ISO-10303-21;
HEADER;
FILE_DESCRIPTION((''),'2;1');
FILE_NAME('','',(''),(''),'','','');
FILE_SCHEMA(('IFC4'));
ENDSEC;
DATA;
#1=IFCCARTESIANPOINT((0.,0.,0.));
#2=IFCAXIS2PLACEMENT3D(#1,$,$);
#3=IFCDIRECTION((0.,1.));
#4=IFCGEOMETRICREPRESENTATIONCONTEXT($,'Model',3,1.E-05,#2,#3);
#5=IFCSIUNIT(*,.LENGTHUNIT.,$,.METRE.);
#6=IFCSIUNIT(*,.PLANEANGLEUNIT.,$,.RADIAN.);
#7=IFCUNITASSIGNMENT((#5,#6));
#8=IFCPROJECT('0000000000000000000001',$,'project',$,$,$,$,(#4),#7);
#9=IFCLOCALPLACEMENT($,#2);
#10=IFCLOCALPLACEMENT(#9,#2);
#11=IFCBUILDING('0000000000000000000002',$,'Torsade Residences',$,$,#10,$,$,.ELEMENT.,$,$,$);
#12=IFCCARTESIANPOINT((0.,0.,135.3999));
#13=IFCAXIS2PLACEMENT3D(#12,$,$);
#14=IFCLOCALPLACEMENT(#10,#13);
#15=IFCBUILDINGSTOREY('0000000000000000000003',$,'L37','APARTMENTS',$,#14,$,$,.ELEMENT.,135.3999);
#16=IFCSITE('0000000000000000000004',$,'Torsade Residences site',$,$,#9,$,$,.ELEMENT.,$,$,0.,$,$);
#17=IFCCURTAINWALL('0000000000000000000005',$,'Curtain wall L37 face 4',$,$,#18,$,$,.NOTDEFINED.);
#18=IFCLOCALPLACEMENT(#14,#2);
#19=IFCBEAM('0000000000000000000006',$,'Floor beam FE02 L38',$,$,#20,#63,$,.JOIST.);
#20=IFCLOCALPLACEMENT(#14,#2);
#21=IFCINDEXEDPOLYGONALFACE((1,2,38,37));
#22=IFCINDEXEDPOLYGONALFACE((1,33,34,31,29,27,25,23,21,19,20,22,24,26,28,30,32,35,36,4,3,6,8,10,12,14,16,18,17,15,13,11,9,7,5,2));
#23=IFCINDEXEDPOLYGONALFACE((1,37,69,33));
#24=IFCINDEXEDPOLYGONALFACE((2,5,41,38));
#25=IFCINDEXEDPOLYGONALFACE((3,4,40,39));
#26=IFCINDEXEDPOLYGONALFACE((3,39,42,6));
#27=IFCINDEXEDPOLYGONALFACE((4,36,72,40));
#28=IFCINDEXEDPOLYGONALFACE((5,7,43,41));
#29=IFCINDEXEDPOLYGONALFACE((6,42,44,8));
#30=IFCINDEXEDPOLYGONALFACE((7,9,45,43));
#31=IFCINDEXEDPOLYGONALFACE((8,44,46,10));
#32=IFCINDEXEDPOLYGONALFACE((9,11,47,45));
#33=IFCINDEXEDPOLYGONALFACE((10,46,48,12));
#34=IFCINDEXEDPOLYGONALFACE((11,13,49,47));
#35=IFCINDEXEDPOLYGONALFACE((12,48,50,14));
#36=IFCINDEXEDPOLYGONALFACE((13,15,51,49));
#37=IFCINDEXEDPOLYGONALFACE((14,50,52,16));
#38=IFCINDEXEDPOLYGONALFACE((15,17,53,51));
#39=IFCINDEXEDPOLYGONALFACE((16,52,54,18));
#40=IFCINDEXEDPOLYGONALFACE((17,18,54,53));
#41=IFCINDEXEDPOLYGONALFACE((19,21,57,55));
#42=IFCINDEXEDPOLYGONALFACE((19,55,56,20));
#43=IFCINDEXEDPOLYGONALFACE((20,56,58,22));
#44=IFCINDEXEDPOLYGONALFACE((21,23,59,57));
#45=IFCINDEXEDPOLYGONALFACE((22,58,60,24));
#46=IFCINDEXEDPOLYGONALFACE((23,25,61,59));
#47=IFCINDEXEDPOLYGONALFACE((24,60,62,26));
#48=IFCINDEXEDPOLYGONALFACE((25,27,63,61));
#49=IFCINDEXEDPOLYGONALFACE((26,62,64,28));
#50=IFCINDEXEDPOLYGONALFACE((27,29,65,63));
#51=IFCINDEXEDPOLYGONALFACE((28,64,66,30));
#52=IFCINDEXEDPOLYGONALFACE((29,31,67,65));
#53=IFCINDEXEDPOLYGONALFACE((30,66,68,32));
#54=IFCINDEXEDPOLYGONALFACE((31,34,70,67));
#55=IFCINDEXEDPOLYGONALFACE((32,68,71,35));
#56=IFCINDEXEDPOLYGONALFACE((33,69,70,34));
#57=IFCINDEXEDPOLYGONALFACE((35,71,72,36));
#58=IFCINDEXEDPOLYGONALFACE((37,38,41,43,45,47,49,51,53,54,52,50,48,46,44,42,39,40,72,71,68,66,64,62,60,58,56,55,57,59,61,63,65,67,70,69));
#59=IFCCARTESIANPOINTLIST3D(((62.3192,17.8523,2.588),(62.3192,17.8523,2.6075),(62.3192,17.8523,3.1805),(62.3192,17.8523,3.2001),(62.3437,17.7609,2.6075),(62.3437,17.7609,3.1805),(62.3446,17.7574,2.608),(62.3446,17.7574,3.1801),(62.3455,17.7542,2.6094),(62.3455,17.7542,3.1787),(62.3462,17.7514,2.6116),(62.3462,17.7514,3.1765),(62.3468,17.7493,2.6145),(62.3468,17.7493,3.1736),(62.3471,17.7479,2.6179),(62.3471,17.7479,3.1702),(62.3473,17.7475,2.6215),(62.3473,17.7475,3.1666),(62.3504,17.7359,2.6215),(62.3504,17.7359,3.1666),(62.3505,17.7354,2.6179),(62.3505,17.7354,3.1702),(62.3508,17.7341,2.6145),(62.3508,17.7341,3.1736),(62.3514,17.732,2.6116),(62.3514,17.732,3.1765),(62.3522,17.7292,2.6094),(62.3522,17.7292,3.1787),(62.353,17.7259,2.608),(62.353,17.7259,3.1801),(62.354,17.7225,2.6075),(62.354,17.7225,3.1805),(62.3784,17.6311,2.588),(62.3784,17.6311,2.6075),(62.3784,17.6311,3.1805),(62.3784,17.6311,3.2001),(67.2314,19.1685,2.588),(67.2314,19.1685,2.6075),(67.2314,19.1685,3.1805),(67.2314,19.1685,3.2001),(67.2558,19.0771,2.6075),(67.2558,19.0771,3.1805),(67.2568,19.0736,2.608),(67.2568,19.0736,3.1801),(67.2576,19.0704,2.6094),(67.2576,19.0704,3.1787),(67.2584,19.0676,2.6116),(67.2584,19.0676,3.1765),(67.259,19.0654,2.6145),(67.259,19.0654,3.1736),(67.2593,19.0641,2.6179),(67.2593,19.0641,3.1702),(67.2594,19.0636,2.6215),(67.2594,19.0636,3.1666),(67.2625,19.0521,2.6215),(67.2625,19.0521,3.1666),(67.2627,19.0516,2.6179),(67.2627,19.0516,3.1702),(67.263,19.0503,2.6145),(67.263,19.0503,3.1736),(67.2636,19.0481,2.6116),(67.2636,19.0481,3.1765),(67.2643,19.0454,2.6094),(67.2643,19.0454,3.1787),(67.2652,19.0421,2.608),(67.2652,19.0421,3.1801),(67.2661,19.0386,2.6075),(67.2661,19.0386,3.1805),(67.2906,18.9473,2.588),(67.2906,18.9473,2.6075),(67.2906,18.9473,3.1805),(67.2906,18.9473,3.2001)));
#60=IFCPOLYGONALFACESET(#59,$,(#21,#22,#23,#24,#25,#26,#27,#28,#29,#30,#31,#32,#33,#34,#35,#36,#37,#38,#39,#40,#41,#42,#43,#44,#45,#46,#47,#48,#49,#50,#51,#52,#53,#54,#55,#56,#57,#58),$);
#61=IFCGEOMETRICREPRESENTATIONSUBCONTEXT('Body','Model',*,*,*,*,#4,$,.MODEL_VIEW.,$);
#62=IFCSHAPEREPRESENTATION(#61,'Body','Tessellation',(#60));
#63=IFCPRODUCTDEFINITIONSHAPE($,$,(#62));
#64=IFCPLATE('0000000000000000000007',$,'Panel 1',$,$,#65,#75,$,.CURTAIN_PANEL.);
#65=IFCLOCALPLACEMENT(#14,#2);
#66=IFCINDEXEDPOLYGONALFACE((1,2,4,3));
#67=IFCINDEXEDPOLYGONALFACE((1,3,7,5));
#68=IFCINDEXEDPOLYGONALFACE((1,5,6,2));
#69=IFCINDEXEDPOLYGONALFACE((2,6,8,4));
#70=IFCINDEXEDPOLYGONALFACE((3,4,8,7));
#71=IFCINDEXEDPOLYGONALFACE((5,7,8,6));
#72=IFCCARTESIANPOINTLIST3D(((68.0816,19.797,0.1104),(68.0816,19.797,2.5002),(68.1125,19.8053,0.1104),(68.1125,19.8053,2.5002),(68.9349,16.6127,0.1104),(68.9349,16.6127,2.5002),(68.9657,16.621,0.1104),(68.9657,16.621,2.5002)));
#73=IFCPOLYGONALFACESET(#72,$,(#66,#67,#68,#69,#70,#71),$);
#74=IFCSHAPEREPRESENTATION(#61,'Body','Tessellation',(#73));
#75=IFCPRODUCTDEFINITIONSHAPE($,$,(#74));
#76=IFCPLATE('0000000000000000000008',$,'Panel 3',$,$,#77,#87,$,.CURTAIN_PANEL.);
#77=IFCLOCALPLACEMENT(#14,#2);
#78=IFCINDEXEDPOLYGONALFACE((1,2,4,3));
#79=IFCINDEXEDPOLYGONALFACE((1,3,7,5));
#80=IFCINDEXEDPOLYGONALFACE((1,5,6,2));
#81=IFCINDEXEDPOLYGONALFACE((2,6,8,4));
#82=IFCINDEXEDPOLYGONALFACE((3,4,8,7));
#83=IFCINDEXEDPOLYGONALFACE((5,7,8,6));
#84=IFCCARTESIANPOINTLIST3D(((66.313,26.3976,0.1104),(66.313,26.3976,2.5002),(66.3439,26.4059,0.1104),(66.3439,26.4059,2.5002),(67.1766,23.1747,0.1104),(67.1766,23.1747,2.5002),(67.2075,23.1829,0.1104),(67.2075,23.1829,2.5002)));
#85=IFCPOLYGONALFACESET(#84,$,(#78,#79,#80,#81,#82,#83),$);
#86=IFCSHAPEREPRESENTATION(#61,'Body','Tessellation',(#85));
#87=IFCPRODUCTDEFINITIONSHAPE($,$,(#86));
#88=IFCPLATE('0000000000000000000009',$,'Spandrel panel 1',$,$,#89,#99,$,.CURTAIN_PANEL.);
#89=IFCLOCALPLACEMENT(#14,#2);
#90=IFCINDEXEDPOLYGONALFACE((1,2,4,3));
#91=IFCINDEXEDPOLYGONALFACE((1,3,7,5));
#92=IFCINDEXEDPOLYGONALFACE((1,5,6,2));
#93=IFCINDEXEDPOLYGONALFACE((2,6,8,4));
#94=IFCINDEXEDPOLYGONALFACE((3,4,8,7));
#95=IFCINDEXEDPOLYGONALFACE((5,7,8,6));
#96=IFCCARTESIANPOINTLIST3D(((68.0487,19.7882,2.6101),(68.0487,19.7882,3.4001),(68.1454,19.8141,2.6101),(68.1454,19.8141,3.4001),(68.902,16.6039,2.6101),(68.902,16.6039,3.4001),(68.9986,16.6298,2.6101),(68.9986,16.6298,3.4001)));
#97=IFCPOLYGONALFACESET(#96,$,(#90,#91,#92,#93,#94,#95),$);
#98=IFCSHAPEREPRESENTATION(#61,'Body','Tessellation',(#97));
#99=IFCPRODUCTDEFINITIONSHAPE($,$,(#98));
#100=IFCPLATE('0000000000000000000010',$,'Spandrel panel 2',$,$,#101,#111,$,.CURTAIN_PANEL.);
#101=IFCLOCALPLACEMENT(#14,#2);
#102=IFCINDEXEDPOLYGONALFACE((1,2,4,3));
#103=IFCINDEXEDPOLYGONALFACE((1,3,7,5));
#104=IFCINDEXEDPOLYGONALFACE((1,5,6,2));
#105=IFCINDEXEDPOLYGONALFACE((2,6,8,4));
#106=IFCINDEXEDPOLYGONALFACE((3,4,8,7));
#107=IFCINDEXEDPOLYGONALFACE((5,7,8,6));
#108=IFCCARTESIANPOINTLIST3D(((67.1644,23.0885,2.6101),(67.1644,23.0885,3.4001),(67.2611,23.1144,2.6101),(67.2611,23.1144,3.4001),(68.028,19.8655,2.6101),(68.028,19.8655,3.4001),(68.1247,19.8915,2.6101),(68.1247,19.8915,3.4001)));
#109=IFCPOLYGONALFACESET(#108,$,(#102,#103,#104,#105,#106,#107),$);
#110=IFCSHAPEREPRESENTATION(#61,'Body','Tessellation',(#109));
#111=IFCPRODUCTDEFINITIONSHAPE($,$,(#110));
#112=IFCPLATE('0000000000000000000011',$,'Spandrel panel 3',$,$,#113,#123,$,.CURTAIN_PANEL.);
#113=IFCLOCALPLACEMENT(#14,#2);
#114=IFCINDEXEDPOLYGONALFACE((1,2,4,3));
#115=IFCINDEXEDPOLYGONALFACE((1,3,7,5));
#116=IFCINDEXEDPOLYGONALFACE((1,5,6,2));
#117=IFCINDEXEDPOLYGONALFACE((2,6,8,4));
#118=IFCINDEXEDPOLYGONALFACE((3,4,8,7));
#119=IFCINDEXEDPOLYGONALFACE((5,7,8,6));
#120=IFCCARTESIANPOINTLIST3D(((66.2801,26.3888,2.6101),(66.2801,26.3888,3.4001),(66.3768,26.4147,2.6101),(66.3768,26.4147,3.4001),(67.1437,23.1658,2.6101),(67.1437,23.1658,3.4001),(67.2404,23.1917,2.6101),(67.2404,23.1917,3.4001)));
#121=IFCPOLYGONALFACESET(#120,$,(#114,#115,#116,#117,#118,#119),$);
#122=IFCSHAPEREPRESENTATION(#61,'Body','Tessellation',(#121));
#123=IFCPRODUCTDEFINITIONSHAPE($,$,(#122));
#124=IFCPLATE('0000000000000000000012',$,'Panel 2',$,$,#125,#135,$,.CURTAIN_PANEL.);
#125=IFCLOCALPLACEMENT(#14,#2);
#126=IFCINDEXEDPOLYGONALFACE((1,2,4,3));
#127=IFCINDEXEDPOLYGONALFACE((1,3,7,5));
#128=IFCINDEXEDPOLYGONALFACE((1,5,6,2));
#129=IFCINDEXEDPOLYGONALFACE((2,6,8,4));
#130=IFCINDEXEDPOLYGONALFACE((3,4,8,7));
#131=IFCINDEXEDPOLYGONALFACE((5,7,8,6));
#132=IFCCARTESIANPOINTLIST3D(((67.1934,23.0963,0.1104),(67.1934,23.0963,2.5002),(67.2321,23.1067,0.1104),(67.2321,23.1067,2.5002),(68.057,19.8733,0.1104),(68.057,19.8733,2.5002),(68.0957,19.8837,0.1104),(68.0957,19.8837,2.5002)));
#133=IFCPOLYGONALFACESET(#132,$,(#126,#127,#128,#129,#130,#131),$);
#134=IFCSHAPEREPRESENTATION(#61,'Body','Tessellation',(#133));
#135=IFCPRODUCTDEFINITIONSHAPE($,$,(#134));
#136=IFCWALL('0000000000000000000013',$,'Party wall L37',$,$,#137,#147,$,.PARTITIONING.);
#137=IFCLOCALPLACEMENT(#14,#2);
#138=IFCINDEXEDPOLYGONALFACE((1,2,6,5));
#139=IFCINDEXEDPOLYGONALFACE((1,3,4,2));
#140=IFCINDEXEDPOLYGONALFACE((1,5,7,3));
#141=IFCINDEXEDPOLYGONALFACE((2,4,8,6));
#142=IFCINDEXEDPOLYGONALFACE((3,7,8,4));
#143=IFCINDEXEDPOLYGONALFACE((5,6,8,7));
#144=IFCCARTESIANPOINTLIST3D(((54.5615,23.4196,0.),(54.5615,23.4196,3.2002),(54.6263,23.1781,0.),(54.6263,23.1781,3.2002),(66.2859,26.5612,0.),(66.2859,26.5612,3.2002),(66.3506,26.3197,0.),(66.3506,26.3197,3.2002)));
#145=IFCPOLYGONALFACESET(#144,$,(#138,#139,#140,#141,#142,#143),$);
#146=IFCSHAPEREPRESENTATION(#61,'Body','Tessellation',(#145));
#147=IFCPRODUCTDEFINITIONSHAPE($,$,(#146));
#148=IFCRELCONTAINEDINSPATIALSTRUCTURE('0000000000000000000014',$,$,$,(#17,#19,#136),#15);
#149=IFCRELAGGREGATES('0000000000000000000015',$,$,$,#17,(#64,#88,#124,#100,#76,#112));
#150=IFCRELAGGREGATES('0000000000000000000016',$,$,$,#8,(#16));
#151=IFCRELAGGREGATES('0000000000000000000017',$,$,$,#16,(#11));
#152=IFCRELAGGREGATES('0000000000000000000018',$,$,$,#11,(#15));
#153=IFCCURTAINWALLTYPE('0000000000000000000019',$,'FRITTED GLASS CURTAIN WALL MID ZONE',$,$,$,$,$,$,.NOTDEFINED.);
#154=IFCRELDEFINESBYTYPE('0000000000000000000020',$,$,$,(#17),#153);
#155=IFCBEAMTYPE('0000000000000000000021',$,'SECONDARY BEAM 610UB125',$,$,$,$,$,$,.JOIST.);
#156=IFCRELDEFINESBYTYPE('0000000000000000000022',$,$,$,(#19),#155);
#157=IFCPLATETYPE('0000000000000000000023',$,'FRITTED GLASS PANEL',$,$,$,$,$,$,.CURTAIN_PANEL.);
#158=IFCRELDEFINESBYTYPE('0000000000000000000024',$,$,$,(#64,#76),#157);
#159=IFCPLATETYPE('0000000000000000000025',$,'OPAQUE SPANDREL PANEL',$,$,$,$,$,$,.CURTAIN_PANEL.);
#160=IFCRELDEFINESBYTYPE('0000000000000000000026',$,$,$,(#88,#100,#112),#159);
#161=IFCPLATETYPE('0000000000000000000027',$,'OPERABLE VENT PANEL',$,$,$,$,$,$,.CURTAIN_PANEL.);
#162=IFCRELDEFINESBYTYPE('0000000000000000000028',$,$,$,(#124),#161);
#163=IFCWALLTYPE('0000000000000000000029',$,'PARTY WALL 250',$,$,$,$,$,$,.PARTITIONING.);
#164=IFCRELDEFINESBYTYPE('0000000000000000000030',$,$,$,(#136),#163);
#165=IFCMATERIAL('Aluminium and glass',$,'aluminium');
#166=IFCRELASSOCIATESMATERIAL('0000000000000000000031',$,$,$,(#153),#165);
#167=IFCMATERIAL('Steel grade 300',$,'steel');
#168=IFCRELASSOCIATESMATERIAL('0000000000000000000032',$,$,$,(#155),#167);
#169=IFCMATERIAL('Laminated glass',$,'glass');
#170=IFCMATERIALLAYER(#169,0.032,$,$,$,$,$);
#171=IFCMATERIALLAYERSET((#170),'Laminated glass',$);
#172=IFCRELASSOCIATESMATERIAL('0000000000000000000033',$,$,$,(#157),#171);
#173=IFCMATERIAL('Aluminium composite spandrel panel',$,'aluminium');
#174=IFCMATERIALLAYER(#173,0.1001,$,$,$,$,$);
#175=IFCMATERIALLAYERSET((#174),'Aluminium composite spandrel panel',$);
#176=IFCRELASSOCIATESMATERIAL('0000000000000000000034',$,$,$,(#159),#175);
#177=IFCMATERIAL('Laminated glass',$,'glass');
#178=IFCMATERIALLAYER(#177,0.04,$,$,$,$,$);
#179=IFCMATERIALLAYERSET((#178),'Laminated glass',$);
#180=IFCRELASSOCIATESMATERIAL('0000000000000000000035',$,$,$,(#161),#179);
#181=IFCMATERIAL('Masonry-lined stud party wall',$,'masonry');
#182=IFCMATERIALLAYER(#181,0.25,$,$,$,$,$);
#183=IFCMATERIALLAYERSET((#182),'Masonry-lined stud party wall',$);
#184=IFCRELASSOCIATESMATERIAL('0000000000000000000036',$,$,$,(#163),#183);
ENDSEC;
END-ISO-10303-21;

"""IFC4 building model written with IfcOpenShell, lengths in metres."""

from ifc_helpers import new_model, si_unit, direction, frame, frame_2d, origin, origin_2d, place, context, subcontext, project, spatial, rectangle, i_section, extrude, material, layer, layer_set, material_profile, profile_set, type_object, element, aggregate, save


model = new_model("IFC4")

# Units and contexts
model_context = context("Model", 3, precision=1e-05, world=origin(), true_north=direction((0.0, 1.0)))
body_context = subcontext(model_context, "Body", "Model", "MODEL_VIEW")
ifc_project = project(units=[si_unit("LENGTHUNIT", "METRE"), si_unit("PLANEANGLEUNIT", "RADIAN")], contexts=[model_context])

# Site, building, storey
site_placement = place(None, origin())
site = spatial("IfcSite", under=ifc_project, at=site_placement, Name="Torsade Residences site", CompositionType="ELEMENT", RefElevation=0.0)
building_placement = place(site_placement, origin())
building = spatial("IfcBuilding", under=site, at=building_placement, Name="Torsade Residences", CompositionType="ELEMENT")
storey_placement = place(building_placement, frame((0.0, 0.0, 135.3999)))
storey = spatial("IfcBuildingStorey", under=building, at=storey_placement, Name="L37", Description="APARTMENTS", CompositionType="ELEMENT", Elevation=135.3999)

# Curtain wall
ifc_material_1 = material(Name="Aluminium and glass", Category="aluminium")
curtain_wall_type = type_object("IfcCurtainWallType", Name="FRITTED GLASS CURTAIN WALL MID ZONE", PredefinedType="NOTDEFINED", material=ifc_material_1)
curtain_wall_placement = place(storey_placement, origin())
curtain_wall = element("IfcCurtainWall", 1, at=curtain_wall_placement, inside=storey, type_object=curtain_wall_type, Name="Curtain wall L37 face 4", PredefinedType="NOTDEFINED")

# Beam
ifc_material_2 = material(Name="Steel grade 300", Category="steel")
ifc_material_profile_1 = material_profile(ifc_material_2, i_section(OverallWidth=0.229, OverallDepth=0.6121, WebThickness=0.012, FlangeThickness=0.0195, FilletRadius=0.0139, at=origin_2d()), Name="610UB125")
ifc_profile_set_1 = profile_set([ifc_material_profile_1], Name="Steel grade 300")
beam_type = type_object("IfcBeamType", Name="SECONDARY BEAM 610UB125", PredefinedType="JOIST", material=ifc_profile_set_1)
beam_placement = place(storey_placement, frame((67.261, 19.0579, 2.894), z_axis=(-0.965927, -0.258813, 0.0), x_axis=(0.258813, -0.965927, 0.0)))
element("IfcBeam", 2, at=beam_placement, inside=storey, type_object=beam_type, Name="Floor beam FE02 L38", PredefinedType="JOIST", context=body_context, shape_type="SweptSolid", body=[
    extrude(i_section(OverallWidth=0.229, OverallDepth=0.6121, WebThickness=0.012, FlangeThickness=0.0195, FilletRadius=0.0139, at=origin_2d()), origin(), (0.0, 0.0, 1.0), 5.0854),
])

# Plates
ifc_material_3 = material(Name="Laminated glass", Category="glass")
ifc_layer_1 = layer(ifc_material_3, 0.032)
ifc_layer_set_1 = layer_set([ifc_layer_1], Name="Laminated glass")
plate_type_1 = type_object("IfcPlateType", Name="FRITTED GLASS PANEL", PredefinedType="CURTAIN_PANEL", material=ifc_layer_set_1)
plate_1_placement = place(storey_placement, frame((68.5237, 18.209, 0.1104), z_axis=(0.0, 0.0, 1.0), x_axis=(-0.258819, 0.965926, 0.0)))
plate_1 = element("IfcPlate", 3, at=plate_1_placement, type_object=plate_type_1, Name="Panel 1", PredefinedType="CURTAIN_PANEL", context=body_context, shape_type="SweptSolid", body=[
    extrude(rectangle(XDim=3.2966, YDim=0.032, at=origin_2d()), origin(), (0.0, 0.0, 1.0), 2.3899),
])
plate_2_placement = place(storey_placement, frame((66.7603, 24.7903, 0.1104), z_axis=(0.0, 0.0, 1.0), x_axis=(-0.258819, 0.965926, 0.0)))
plate_2 = element("IfcPlate", 4, at=plate_2_placement, type_object=plate_type_1, Name="Panel 3", PredefinedType="CURTAIN_PANEL", context=body_context, shape_type="SweptSolid", body=[
    extrude(rectangle(XDim=3.3367, YDim=0.032, at=origin_2d()), origin(), (0.0, 0.0, 1.0), 2.3899),
])
ifc_material_4 = material(Name="Aluminium composite spandrel panel", Category="aluminium")
ifc_layer_2 = layer(ifc_material_4, 0.1001)
ifc_layer_set_2 = layer_set([ifc_layer_2], Name="Aluminium composite spandrel panel")
plate_type_2 = type_object("IfcPlateType", Name="OPAQUE SPANDREL PANEL", PredefinedType="CURTAIN_PANEL", material=ifc_layer_set_2)
plate_3_placement = place(storey_placement, frame((68.5237, 18.209, 2.6101), z_axis=(0.0, 0.0, 1.0), x_axis=(-0.258819, 0.965926, 0.0)))
plate_3 = element("IfcPlate", 5, at=plate_3_placement, type_object=plate_type_2, Name="Spandrel panel 1", PredefinedType="CURTAIN_PANEL", context=body_context, shape_type="SweptSolid", body=[
    extrude(rectangle(XDim=3.2966, YDim=0.1001, at=origin_2d()), origin(), (0.0, 0.0, 1.0), 0.79),
])
plate_4_placement = place(storey_placement, frame((67.6445, 21.49, 2.6101), z_axis=(0.0, 0.0, 1.0), x_axis=(-0.258819, 0.965926, 0.0)))
plate_4 = element("IfcPlate", 6, at=plate_4_placement, type_object=plate_type_2, Name="Spandrel panel 2", PredefinedType="CURTAIN_PANEL", context=body_context, shape_type="SweptSolid", body=[
    extrude(rectangle(XDim=3.3367, YDim=0.1001, at=origin_2d()), origin(), (0.0, 0.0, 1.0), 0.79),
])
plate_5_placement = place(storey_placement, frame((66.7603, 24.7903, 2.6101), z_axis=(0.0, 0.0, 1.0), x_axis=(-0.258819, 0.965926, 0.0)))
plate_5 = element("IfcPlate", 7, at=plate_5_placement, type_object=plate_type_2, Name="Spandrel panel 3", PredefinedType="CURTAIN_PANEL", context=body_context, shape_type="SweptSolid", body=[
    extrude(rectangle(XDim=3.3367, YDim=0.1001, at=origin_2d()), origin(), (0.0, 0.0, 1.0), 0.79),
])
ifc_material_5 = material(Name="Laminated glass", Category="glass")
ifc_layer_3 = layer(ifc_material_5, 0.04)
ifc_layer_set_3 = layer_set([ifc_layer_3], Name="Laminated glass")
plate_type_3 = type_object("IfcPlateType", Name="OPERABLE VENT PANEL", PredefinedType="CURTAIN_PANEL", material=ifc_layer_set_3)
plate_6_placement = place(storey_placement, frame((67.6445, 21.49, 0.1104), z_axis=(0.0, 0.0, 1.0), x_axis=(-0.258819, 0.965926, 0.0)))
plate_6 = element("IfcPlate", 8, at=plate_6_placement, type_object=plate_type_3, Name="Panel 2", PredefinedType="CURTAIN_PANEL", context=body_context, shape_type="SweptSolid", body=[
    extrude(rectangle(XDim=3.3367, YDim=0.04, at=origin_2d()), origin(), (0.0, 0.0, 1.0), 2.3899),
])
aggregate(curtain_wall, [plate_1, plate_3, plate_6, plate_4, plate_2, plate_5])

# Wall
ifc_material_6 = material(Name="Masonry-lined stud party wall", Category="masonry")
ifc_layer_4 = layer(ifc_material_6, 0.25)
ifc_layer_set_4 = layer_set([ifc_layer_4], Name="Masonry-lined stud party wall")
wall_type = type_object("IfcWallType", Name="PARTY WALL 250", PredefinedType="PARTITIONING", material=ifc_layer_set_4)
wall_placement = place(storey_placement, frame((66.3181, 26.4404, 0.0), z_axis=(0.0, 0.0, 1.0), x_axis=(-0.965924, -0.258824, 0.0)))
element("IfcWall", 9, at=wall_placement, inside=storey, type_object=wall_type, Name="Party wall L37", PredefinedType="PARTITIONING", context=body_context, shape_type="SweptSolid", body=[
    extrude(rectangle(XDim=12.1379, YDim=0.25, at=frame_2d((6.0688, 0.0))), origin(), (0.0, 0.0, 1.0), 3.2002),
])

save(model, "model.ifc")
